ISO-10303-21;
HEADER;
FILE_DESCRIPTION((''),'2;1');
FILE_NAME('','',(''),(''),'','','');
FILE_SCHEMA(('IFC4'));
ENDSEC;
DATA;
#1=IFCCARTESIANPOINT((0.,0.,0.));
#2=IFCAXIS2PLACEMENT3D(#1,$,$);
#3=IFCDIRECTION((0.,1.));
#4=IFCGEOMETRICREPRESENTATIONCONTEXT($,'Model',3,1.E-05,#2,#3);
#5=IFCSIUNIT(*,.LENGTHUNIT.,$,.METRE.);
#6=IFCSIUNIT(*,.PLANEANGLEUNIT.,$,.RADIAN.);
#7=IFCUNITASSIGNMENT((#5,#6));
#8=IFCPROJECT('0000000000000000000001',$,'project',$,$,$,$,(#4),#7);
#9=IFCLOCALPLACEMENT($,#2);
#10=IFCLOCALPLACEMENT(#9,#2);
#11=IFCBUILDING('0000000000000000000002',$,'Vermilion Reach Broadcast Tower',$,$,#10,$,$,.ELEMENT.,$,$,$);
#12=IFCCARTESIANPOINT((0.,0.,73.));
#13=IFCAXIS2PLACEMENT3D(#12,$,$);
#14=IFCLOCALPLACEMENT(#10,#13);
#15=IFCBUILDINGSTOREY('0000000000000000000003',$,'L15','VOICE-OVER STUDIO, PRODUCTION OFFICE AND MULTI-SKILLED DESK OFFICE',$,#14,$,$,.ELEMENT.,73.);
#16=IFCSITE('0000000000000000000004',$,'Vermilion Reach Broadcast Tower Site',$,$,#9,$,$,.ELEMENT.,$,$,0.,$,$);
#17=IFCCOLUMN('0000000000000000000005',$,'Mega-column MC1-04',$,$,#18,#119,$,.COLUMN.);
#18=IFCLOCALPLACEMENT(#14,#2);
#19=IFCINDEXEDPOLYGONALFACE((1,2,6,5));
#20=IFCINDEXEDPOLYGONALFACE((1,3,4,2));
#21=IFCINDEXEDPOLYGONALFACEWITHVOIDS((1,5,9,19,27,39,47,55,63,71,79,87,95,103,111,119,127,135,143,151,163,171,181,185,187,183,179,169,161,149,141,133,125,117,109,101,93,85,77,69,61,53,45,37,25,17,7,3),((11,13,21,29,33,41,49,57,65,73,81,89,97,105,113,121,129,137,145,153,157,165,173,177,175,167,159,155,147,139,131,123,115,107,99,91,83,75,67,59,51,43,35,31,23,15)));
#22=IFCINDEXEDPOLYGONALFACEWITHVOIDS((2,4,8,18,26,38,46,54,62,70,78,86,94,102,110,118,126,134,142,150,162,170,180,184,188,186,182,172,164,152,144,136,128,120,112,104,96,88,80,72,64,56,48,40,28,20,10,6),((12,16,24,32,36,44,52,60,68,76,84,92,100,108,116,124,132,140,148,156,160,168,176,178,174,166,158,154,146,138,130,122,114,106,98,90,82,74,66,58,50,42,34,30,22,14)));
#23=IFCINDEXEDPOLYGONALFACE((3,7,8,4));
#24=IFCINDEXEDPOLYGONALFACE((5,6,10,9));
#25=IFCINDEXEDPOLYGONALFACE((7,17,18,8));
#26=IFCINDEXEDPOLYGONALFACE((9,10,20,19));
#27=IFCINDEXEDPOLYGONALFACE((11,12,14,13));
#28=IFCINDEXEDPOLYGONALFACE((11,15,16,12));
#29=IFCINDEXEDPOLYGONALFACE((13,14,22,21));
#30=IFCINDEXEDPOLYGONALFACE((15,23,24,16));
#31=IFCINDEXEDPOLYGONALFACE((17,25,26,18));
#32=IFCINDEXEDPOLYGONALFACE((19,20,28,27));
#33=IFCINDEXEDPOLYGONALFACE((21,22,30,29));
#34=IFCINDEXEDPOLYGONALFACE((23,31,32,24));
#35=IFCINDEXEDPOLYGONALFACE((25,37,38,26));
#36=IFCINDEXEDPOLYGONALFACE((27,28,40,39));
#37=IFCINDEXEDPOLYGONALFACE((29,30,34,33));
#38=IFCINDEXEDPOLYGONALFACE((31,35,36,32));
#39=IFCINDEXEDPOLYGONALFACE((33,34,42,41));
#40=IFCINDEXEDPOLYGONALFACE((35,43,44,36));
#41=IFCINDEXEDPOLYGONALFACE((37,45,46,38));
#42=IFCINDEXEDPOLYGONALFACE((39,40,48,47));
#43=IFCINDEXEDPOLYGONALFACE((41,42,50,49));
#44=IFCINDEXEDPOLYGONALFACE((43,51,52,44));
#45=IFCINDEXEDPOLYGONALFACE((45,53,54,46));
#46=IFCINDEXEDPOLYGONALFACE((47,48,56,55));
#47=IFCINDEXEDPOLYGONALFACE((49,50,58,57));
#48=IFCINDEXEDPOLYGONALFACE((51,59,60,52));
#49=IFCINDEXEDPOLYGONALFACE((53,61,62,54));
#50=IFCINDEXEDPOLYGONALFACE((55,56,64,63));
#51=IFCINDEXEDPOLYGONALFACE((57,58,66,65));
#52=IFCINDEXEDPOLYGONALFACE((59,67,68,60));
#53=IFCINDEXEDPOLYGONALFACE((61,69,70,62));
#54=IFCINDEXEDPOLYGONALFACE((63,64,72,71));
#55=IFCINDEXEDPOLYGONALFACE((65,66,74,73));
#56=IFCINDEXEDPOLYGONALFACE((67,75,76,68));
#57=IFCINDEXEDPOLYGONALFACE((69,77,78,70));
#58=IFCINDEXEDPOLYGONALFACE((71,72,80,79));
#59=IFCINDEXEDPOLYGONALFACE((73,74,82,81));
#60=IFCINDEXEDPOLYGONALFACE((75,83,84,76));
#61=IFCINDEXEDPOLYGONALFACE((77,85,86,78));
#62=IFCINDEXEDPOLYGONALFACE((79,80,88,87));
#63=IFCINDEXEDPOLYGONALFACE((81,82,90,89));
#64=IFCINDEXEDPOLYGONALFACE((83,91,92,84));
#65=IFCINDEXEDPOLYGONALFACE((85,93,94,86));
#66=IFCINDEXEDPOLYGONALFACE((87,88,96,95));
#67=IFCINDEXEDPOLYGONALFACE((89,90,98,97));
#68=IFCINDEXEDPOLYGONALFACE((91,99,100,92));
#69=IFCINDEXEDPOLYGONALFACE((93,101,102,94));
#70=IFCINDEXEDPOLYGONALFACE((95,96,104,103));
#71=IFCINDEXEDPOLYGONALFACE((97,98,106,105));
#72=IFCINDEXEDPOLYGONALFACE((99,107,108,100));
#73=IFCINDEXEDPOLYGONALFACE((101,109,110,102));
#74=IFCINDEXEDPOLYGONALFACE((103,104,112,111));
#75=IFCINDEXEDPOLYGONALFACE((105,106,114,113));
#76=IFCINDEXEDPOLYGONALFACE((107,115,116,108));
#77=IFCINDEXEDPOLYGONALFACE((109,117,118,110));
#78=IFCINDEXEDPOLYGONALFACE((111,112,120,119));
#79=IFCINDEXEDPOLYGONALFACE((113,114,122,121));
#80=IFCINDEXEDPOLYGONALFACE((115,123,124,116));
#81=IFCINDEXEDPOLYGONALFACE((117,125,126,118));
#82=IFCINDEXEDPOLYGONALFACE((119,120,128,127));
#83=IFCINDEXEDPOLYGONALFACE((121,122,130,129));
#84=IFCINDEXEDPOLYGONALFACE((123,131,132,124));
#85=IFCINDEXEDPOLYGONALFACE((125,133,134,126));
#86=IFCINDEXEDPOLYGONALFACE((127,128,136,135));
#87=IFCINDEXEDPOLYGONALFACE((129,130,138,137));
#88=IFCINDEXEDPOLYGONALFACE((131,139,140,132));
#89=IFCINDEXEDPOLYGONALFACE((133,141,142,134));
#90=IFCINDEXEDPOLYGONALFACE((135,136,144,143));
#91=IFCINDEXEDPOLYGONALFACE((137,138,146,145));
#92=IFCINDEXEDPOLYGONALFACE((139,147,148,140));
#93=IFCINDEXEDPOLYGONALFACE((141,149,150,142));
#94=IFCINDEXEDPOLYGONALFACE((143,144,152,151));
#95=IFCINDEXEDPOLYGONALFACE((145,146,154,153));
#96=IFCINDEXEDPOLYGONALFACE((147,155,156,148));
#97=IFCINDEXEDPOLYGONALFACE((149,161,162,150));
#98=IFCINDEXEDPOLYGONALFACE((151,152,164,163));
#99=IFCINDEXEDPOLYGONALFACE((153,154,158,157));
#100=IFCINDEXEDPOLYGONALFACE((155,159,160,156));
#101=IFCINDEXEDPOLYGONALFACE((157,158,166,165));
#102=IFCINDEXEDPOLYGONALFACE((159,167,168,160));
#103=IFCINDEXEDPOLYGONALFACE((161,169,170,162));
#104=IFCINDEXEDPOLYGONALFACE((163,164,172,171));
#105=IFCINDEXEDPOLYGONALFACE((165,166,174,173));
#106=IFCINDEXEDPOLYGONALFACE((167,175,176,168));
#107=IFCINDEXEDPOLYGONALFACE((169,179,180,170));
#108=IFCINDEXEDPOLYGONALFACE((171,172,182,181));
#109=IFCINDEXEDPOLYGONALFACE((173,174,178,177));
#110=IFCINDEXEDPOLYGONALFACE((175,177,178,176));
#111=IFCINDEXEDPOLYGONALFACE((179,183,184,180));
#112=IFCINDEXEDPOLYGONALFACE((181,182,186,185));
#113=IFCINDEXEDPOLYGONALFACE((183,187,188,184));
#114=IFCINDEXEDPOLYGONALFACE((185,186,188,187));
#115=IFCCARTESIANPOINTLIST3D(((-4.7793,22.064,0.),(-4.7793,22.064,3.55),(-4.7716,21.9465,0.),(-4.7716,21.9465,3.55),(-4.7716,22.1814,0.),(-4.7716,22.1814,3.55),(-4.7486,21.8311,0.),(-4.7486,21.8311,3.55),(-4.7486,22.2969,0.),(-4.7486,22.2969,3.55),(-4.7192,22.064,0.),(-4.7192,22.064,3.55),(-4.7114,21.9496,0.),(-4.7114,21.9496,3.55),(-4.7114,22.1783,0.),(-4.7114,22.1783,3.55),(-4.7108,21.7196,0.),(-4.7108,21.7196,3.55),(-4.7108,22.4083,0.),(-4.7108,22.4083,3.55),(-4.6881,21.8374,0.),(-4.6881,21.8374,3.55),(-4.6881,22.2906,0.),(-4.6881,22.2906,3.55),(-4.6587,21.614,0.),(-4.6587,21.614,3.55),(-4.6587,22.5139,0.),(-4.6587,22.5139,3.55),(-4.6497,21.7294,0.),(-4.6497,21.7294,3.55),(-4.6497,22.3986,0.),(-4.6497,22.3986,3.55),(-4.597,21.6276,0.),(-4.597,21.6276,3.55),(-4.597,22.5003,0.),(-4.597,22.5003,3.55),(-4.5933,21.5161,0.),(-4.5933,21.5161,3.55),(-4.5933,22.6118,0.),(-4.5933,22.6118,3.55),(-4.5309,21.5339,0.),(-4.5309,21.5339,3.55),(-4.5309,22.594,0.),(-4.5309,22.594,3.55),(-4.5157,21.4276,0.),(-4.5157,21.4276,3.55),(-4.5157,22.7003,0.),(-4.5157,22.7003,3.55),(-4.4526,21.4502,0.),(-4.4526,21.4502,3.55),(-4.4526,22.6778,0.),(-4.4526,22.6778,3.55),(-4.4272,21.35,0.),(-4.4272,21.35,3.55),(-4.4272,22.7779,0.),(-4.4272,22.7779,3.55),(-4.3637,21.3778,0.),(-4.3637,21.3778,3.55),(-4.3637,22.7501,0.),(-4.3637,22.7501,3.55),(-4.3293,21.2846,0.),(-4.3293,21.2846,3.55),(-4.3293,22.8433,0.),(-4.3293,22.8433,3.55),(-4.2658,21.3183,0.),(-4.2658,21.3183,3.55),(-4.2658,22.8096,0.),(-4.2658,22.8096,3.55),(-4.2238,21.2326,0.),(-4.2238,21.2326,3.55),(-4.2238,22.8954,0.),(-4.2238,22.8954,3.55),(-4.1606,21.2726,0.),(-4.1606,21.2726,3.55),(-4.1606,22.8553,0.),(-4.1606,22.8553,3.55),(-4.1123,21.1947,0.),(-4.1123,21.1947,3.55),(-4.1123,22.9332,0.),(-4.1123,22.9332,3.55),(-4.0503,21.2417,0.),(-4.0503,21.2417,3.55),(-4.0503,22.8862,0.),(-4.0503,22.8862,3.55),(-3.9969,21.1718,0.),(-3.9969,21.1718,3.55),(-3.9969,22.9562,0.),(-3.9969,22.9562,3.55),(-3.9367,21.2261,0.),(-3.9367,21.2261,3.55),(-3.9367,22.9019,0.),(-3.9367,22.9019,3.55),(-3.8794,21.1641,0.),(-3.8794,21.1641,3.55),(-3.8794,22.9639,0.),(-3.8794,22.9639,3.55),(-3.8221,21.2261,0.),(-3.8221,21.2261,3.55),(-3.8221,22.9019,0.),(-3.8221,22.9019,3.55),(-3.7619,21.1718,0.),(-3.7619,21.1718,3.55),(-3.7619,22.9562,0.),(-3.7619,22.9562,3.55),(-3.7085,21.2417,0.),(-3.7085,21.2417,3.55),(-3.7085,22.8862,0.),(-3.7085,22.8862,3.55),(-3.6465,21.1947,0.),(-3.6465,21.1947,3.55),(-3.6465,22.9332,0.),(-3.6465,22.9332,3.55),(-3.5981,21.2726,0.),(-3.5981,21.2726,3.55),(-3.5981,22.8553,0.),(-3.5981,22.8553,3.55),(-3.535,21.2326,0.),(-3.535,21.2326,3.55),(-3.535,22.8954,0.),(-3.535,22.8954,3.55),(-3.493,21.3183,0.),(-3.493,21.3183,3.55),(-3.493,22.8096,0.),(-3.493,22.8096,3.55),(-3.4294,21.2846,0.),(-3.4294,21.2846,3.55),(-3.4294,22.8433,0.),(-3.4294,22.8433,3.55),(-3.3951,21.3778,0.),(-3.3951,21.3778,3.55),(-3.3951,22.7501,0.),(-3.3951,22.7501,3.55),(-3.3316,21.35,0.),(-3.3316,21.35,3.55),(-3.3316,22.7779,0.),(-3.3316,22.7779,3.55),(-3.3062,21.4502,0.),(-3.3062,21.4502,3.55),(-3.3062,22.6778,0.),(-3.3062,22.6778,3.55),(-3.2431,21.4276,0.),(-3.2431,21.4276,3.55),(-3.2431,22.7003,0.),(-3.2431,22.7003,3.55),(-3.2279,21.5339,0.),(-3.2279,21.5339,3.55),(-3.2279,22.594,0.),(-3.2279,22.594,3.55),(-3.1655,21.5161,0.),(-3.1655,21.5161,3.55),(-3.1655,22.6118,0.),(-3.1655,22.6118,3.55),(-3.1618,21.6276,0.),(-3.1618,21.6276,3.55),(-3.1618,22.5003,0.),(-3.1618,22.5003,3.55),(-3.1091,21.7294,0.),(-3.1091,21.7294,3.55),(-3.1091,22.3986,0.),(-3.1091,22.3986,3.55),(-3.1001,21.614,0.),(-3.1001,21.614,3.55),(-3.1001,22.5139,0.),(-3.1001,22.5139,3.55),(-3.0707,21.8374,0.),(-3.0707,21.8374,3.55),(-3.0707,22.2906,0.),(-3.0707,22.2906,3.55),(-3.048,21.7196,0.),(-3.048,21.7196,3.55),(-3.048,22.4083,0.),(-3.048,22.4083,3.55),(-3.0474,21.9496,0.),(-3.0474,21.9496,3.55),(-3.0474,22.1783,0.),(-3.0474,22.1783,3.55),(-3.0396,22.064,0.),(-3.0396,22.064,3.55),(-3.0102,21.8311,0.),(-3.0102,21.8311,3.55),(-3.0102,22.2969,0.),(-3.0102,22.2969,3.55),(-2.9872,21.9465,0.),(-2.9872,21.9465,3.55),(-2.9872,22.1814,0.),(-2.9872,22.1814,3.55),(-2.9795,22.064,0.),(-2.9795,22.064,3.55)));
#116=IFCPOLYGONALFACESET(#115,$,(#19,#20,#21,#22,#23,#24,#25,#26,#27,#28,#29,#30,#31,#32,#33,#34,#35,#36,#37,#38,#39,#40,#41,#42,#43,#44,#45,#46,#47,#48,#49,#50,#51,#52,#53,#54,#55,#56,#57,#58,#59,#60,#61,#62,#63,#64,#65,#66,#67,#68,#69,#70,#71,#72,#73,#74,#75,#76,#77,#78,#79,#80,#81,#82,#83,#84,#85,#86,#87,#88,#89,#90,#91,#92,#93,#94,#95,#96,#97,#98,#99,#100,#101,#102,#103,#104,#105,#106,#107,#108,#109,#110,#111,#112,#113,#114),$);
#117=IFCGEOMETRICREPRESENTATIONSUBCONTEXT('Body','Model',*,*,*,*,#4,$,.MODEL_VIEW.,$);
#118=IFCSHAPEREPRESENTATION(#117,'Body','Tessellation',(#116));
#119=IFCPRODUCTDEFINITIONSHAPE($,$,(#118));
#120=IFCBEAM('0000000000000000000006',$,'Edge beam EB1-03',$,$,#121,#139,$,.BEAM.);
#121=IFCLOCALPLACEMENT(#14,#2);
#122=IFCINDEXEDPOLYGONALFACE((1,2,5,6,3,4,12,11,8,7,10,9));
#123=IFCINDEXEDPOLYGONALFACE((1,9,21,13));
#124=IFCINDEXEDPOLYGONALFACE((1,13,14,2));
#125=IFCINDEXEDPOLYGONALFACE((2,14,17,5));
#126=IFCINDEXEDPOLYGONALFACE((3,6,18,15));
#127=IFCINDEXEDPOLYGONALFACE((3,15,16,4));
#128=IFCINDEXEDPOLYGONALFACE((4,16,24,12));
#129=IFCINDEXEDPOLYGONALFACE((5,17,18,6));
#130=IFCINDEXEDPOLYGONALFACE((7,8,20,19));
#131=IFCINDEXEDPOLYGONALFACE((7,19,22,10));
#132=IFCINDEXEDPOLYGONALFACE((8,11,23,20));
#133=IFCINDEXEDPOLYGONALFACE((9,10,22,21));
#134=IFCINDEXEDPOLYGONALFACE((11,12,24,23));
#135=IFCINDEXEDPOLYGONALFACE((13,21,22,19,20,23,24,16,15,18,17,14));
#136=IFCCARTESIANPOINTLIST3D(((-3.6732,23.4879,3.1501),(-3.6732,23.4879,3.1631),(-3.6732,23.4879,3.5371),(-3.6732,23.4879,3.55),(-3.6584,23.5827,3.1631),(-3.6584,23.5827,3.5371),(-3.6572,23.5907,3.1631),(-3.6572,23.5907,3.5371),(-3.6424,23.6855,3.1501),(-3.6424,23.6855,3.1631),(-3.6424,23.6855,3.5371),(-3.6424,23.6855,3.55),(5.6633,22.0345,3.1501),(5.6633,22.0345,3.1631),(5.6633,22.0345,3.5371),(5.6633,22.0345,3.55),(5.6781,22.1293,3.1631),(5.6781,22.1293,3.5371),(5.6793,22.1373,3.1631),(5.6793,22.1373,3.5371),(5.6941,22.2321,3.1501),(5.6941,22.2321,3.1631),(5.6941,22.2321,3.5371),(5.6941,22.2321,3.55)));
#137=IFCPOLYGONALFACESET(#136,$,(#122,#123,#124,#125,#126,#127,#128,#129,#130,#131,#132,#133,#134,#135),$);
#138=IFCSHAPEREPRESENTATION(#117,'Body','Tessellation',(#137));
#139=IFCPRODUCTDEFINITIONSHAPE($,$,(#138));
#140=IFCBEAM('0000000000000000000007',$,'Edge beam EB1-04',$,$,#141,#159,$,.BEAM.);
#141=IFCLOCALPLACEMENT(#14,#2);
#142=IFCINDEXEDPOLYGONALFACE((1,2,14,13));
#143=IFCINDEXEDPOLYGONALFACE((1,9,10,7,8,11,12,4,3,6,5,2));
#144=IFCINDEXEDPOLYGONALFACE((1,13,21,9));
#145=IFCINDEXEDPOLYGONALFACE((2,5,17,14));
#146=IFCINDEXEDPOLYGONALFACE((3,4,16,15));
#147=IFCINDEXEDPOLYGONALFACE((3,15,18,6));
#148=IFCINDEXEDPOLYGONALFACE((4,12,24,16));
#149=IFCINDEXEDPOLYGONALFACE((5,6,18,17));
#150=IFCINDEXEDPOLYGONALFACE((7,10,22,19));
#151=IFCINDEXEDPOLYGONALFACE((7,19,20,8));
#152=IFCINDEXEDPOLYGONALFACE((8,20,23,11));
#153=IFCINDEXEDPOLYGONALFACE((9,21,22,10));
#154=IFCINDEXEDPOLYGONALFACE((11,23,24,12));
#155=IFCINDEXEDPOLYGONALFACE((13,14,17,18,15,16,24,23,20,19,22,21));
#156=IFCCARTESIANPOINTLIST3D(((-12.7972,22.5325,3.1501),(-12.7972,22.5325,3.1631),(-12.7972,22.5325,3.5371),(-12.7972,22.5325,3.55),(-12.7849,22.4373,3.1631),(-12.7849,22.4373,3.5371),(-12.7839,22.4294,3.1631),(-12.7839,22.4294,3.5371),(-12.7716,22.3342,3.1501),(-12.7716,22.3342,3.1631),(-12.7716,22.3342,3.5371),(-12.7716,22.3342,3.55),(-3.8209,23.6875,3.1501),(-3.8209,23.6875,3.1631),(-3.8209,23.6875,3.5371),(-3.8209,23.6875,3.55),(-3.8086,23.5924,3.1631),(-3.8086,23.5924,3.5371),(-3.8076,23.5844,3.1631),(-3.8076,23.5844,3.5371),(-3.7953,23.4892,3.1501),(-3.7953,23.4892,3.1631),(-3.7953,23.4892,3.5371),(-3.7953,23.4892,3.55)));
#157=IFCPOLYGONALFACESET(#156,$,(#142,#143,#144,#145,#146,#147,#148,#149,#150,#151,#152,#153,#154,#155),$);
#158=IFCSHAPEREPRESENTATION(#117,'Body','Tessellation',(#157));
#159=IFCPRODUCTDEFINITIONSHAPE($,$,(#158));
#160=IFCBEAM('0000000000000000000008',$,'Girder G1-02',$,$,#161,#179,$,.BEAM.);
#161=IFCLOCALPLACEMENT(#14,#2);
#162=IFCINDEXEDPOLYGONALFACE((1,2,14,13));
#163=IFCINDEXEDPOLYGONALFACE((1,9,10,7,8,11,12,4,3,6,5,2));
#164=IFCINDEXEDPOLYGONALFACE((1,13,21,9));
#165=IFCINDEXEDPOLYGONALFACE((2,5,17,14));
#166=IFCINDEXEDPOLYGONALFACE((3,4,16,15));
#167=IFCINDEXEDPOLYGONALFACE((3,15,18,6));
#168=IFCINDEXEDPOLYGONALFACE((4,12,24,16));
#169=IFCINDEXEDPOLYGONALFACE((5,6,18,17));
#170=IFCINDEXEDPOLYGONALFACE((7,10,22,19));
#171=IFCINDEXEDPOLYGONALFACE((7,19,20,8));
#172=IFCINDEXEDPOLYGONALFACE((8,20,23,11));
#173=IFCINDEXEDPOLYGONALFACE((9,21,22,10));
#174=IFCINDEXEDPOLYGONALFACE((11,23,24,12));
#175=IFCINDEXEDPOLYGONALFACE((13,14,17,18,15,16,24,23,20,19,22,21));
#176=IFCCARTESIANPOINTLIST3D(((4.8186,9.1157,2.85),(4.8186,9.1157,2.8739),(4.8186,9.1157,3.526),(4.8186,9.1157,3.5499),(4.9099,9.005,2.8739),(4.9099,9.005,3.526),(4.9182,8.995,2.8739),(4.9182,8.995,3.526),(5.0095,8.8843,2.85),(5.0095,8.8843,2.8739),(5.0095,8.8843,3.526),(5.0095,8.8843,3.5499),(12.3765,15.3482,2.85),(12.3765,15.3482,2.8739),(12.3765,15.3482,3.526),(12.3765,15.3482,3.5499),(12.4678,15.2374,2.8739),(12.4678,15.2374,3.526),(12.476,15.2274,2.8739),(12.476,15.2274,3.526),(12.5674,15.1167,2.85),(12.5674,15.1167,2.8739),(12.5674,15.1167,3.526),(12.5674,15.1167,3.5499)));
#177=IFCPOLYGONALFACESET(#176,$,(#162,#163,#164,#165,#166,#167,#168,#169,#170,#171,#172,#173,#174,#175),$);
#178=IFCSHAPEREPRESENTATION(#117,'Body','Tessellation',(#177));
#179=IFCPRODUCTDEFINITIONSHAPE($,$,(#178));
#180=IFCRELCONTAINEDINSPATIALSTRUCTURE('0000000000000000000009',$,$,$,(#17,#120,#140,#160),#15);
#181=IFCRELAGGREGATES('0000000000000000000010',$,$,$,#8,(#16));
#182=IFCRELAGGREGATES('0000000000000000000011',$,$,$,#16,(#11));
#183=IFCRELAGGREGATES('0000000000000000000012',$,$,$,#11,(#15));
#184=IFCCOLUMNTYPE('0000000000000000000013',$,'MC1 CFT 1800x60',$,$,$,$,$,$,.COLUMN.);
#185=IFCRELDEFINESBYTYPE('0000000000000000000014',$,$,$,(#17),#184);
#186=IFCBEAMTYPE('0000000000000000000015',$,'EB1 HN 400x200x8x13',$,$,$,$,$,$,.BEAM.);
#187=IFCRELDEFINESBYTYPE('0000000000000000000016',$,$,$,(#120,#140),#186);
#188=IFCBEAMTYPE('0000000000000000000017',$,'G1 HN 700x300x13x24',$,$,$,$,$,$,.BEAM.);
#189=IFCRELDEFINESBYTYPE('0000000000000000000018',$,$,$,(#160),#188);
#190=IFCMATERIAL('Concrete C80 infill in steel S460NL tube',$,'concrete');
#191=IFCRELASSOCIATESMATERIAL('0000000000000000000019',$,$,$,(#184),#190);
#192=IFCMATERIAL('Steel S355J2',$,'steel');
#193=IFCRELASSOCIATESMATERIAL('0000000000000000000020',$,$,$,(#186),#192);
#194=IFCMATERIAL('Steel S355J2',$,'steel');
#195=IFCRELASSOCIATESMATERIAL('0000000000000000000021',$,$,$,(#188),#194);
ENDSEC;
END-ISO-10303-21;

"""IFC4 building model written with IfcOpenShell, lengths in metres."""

from ifc_helpers import new_model, si_unit, direction, frame, origin, origin_2d, place, context, subcontext, project, spatial, hollow_circle, i_section, extrude, material, material_profile, profile_set, type_object, element, save


model = new_model("IFC4")

# Units and contexts
model_context = context("Model", 3, precision=1e-05, world=origin(), true_north=direction((0.0, 1.0)))
body_context = subcontext(model_context, "Body", "Model", "MODEL_VIEW")
ifc_project = project(units=[si_unit("LENGTHUNIT", "METRE"), si_unit("PLANEANGLEUNIT", "RADIAN")], contexts=[model_context])

# Site, building, storey
site_placement = place(None, origin())
site = spatial("IfcSite", under=ifc_project, at=site_placement, Name="Vermilion Reach Broadcast Tower Site", CompositionType="ELEMENT", RefElevation=0.0)
building_placement = place(site_placement, origin())
building = spatial("IfcBuilding", under=site, at=building_placement, Name="Vermilion Reach Broadcast Tower", CompositionType="ELEMENT")
storey_placement = place(building_placement, frame((0.0, 0.0, 73.0)))
storey = spatial("IfcBuildingStorey", under=building, at=storey_placement, Name="L15", Description="VOICE-OVER STUDIO, PRODUCTION OFFICE AND MULTI-SKILLED DESK OFFICE", CompositionType="ELEMENT", Elevation=73.0)

# Column
ifc_material_1 = material(Name="Concrete C80 infill in steel S460NL tube", Category="concrete")
ifc_material_profile_1 = material_profile(ifc_material_1, hollow_circle(Radius=0.8999, WallThickness=0.0601, at=origin_2d()), Name="Concrete C80 infill in steel S460NL tube CFT 1800x60")
ifc_profile_set_1 = profile_set([ifc_material_profile_1], Name="Concrete C80 infill in steel S460NL tube")
column_type = type_object("IfcColumnType", Name="MC1 CFT 1800x60", PredefinedType="COLUMN", material=ifc_profile_set_1)
for number, where, z_axis, x_axis, name in (
    (1, (-3.8794, 22.064, 0.0), (0.0, 0.0, 1.0), (1.0, 0.0, 0.0), "Mega-column MC1-04"),
):
    element("IfcColumn", number, at=place(storey_placement, frame(where, z_axis=z_axis, x_axis=x_axis)), inside=storey, type_object=column_type, Name=name, PredefinedType="COLUMN", context=body_context, shape_type="SweptSolid", body=[
        extrude(hollow_circle(Radius=0.8999, WallThickness=0.0601, at=origin_2d()), origin(), (0.0, 0.0, 1.0), 3.55),
    ])

# Beams
ifc_material_2 = material(Name="Steel S355J2", Category="steel")
ifc_material_profile_2 = material_profile(ifc_material_2, i_section(OverallWidth=0.2, OverallDepth=0.3999, WebThickness=0.0081, FlangeThickness=0.0129, at=origin_2d()), Name="S355J2 HN 400x200x8x13")
ifc_profile_set_2 = profile_set([ifc_material_profile_2], Name="Steel S355J2")
beam_type_1 = type_object("IfcBeamType", Name="EB1 HN 400x200x8x13", PredefinedType="BEAM", material=ifc_profile_set_2)
beam_1_placement = place(storey_placement, frame((5.6787, 22.1333, 3.3501), z_axis=(-0.9881, 0.153814, 0.0), x_axis=(-0.153814, -0.9881, 0.0)))
element("IfcBeam", 2, at=beam_1_placement, inside=storey, type_object=beam_type_1, Name="Edge beam EB1-03", PredefinedType="BEAM", context=body_context, shape_type="SweptSolid", body=[
    extrude(i_section(OverallWidth=0.2, OverallDepth=0.3999, WebThickness=0.0081, FlangeThickness=0.0129, at=origin_2d()), origin(), (0.0, 0.0, 1.0), 9.449),
])
beam_2_placement = place(storey_placement, frame((-3.8081, 23.5884, 3.3501), z_axis=(-0.991823, -0.127623, 0.0), x_axis=(0.127623, -0.991823, 0.0)))
element("IfcBeam", 3, at=beam_2_placement, inside=storey, type_object=beam_type_1, Name="Edge beam EB1-04", PredefinedType="BEAM", context=body_context, shape_type="SweptSolid", body=[
    extrude(i_section(OverallWidth=0.2, OverallDepth=0.3999, WebThickness=0.0081, FlangeThickness=0.0129, at=origin_2d()), origin(), (0.0, 0.0, 1.0), 9.0503),
])
ifc_material_3 = material(Name="Steel S355J2", Category="steel")
ifc_material_profile_3 = material_profile(ifc_material_3, i_section(OverallWidth=0.3, OverallDepth=0.7, WebThickness=0.0129, FlangeThickness=0.0239, at=origin_2d()), Name="S355J2 HN 700x300x13x24")
ifc_profile_set_3 = profile_set([ifc_material_profile_3], Name="Steel S355J2")
beam_type_2 = type_object("IfcBeamType", Name="G1 HN 700x300x13x24", PredefinedType="BEAM", material=ifc_profile_set_3)
beam_3_placement = place(storey_placement, frame((4.9141, 9.0, 3.2), z_axis=(0.771514, 0.636212, 0.0), x_axis=(-0.636212, 0.771514, 0.0)))
element("IfcBeam", 4, at=beam_3_placement, inside=storey, type_object=beam_type_2, Name="Girder G1-02", PredefinedType="BEAM", context=body_context, shape_type="SweptSolid", body=[
    extrude(i_section(OverallWidth=0.3, OverallDepth=0.7, WebThickness=0.0129, FlangeThickness=0.0239, at=origin_2d()), origin(), (0.0, 0.0, 1.0), 9.7961),
])

save(model, "model.ifc")
